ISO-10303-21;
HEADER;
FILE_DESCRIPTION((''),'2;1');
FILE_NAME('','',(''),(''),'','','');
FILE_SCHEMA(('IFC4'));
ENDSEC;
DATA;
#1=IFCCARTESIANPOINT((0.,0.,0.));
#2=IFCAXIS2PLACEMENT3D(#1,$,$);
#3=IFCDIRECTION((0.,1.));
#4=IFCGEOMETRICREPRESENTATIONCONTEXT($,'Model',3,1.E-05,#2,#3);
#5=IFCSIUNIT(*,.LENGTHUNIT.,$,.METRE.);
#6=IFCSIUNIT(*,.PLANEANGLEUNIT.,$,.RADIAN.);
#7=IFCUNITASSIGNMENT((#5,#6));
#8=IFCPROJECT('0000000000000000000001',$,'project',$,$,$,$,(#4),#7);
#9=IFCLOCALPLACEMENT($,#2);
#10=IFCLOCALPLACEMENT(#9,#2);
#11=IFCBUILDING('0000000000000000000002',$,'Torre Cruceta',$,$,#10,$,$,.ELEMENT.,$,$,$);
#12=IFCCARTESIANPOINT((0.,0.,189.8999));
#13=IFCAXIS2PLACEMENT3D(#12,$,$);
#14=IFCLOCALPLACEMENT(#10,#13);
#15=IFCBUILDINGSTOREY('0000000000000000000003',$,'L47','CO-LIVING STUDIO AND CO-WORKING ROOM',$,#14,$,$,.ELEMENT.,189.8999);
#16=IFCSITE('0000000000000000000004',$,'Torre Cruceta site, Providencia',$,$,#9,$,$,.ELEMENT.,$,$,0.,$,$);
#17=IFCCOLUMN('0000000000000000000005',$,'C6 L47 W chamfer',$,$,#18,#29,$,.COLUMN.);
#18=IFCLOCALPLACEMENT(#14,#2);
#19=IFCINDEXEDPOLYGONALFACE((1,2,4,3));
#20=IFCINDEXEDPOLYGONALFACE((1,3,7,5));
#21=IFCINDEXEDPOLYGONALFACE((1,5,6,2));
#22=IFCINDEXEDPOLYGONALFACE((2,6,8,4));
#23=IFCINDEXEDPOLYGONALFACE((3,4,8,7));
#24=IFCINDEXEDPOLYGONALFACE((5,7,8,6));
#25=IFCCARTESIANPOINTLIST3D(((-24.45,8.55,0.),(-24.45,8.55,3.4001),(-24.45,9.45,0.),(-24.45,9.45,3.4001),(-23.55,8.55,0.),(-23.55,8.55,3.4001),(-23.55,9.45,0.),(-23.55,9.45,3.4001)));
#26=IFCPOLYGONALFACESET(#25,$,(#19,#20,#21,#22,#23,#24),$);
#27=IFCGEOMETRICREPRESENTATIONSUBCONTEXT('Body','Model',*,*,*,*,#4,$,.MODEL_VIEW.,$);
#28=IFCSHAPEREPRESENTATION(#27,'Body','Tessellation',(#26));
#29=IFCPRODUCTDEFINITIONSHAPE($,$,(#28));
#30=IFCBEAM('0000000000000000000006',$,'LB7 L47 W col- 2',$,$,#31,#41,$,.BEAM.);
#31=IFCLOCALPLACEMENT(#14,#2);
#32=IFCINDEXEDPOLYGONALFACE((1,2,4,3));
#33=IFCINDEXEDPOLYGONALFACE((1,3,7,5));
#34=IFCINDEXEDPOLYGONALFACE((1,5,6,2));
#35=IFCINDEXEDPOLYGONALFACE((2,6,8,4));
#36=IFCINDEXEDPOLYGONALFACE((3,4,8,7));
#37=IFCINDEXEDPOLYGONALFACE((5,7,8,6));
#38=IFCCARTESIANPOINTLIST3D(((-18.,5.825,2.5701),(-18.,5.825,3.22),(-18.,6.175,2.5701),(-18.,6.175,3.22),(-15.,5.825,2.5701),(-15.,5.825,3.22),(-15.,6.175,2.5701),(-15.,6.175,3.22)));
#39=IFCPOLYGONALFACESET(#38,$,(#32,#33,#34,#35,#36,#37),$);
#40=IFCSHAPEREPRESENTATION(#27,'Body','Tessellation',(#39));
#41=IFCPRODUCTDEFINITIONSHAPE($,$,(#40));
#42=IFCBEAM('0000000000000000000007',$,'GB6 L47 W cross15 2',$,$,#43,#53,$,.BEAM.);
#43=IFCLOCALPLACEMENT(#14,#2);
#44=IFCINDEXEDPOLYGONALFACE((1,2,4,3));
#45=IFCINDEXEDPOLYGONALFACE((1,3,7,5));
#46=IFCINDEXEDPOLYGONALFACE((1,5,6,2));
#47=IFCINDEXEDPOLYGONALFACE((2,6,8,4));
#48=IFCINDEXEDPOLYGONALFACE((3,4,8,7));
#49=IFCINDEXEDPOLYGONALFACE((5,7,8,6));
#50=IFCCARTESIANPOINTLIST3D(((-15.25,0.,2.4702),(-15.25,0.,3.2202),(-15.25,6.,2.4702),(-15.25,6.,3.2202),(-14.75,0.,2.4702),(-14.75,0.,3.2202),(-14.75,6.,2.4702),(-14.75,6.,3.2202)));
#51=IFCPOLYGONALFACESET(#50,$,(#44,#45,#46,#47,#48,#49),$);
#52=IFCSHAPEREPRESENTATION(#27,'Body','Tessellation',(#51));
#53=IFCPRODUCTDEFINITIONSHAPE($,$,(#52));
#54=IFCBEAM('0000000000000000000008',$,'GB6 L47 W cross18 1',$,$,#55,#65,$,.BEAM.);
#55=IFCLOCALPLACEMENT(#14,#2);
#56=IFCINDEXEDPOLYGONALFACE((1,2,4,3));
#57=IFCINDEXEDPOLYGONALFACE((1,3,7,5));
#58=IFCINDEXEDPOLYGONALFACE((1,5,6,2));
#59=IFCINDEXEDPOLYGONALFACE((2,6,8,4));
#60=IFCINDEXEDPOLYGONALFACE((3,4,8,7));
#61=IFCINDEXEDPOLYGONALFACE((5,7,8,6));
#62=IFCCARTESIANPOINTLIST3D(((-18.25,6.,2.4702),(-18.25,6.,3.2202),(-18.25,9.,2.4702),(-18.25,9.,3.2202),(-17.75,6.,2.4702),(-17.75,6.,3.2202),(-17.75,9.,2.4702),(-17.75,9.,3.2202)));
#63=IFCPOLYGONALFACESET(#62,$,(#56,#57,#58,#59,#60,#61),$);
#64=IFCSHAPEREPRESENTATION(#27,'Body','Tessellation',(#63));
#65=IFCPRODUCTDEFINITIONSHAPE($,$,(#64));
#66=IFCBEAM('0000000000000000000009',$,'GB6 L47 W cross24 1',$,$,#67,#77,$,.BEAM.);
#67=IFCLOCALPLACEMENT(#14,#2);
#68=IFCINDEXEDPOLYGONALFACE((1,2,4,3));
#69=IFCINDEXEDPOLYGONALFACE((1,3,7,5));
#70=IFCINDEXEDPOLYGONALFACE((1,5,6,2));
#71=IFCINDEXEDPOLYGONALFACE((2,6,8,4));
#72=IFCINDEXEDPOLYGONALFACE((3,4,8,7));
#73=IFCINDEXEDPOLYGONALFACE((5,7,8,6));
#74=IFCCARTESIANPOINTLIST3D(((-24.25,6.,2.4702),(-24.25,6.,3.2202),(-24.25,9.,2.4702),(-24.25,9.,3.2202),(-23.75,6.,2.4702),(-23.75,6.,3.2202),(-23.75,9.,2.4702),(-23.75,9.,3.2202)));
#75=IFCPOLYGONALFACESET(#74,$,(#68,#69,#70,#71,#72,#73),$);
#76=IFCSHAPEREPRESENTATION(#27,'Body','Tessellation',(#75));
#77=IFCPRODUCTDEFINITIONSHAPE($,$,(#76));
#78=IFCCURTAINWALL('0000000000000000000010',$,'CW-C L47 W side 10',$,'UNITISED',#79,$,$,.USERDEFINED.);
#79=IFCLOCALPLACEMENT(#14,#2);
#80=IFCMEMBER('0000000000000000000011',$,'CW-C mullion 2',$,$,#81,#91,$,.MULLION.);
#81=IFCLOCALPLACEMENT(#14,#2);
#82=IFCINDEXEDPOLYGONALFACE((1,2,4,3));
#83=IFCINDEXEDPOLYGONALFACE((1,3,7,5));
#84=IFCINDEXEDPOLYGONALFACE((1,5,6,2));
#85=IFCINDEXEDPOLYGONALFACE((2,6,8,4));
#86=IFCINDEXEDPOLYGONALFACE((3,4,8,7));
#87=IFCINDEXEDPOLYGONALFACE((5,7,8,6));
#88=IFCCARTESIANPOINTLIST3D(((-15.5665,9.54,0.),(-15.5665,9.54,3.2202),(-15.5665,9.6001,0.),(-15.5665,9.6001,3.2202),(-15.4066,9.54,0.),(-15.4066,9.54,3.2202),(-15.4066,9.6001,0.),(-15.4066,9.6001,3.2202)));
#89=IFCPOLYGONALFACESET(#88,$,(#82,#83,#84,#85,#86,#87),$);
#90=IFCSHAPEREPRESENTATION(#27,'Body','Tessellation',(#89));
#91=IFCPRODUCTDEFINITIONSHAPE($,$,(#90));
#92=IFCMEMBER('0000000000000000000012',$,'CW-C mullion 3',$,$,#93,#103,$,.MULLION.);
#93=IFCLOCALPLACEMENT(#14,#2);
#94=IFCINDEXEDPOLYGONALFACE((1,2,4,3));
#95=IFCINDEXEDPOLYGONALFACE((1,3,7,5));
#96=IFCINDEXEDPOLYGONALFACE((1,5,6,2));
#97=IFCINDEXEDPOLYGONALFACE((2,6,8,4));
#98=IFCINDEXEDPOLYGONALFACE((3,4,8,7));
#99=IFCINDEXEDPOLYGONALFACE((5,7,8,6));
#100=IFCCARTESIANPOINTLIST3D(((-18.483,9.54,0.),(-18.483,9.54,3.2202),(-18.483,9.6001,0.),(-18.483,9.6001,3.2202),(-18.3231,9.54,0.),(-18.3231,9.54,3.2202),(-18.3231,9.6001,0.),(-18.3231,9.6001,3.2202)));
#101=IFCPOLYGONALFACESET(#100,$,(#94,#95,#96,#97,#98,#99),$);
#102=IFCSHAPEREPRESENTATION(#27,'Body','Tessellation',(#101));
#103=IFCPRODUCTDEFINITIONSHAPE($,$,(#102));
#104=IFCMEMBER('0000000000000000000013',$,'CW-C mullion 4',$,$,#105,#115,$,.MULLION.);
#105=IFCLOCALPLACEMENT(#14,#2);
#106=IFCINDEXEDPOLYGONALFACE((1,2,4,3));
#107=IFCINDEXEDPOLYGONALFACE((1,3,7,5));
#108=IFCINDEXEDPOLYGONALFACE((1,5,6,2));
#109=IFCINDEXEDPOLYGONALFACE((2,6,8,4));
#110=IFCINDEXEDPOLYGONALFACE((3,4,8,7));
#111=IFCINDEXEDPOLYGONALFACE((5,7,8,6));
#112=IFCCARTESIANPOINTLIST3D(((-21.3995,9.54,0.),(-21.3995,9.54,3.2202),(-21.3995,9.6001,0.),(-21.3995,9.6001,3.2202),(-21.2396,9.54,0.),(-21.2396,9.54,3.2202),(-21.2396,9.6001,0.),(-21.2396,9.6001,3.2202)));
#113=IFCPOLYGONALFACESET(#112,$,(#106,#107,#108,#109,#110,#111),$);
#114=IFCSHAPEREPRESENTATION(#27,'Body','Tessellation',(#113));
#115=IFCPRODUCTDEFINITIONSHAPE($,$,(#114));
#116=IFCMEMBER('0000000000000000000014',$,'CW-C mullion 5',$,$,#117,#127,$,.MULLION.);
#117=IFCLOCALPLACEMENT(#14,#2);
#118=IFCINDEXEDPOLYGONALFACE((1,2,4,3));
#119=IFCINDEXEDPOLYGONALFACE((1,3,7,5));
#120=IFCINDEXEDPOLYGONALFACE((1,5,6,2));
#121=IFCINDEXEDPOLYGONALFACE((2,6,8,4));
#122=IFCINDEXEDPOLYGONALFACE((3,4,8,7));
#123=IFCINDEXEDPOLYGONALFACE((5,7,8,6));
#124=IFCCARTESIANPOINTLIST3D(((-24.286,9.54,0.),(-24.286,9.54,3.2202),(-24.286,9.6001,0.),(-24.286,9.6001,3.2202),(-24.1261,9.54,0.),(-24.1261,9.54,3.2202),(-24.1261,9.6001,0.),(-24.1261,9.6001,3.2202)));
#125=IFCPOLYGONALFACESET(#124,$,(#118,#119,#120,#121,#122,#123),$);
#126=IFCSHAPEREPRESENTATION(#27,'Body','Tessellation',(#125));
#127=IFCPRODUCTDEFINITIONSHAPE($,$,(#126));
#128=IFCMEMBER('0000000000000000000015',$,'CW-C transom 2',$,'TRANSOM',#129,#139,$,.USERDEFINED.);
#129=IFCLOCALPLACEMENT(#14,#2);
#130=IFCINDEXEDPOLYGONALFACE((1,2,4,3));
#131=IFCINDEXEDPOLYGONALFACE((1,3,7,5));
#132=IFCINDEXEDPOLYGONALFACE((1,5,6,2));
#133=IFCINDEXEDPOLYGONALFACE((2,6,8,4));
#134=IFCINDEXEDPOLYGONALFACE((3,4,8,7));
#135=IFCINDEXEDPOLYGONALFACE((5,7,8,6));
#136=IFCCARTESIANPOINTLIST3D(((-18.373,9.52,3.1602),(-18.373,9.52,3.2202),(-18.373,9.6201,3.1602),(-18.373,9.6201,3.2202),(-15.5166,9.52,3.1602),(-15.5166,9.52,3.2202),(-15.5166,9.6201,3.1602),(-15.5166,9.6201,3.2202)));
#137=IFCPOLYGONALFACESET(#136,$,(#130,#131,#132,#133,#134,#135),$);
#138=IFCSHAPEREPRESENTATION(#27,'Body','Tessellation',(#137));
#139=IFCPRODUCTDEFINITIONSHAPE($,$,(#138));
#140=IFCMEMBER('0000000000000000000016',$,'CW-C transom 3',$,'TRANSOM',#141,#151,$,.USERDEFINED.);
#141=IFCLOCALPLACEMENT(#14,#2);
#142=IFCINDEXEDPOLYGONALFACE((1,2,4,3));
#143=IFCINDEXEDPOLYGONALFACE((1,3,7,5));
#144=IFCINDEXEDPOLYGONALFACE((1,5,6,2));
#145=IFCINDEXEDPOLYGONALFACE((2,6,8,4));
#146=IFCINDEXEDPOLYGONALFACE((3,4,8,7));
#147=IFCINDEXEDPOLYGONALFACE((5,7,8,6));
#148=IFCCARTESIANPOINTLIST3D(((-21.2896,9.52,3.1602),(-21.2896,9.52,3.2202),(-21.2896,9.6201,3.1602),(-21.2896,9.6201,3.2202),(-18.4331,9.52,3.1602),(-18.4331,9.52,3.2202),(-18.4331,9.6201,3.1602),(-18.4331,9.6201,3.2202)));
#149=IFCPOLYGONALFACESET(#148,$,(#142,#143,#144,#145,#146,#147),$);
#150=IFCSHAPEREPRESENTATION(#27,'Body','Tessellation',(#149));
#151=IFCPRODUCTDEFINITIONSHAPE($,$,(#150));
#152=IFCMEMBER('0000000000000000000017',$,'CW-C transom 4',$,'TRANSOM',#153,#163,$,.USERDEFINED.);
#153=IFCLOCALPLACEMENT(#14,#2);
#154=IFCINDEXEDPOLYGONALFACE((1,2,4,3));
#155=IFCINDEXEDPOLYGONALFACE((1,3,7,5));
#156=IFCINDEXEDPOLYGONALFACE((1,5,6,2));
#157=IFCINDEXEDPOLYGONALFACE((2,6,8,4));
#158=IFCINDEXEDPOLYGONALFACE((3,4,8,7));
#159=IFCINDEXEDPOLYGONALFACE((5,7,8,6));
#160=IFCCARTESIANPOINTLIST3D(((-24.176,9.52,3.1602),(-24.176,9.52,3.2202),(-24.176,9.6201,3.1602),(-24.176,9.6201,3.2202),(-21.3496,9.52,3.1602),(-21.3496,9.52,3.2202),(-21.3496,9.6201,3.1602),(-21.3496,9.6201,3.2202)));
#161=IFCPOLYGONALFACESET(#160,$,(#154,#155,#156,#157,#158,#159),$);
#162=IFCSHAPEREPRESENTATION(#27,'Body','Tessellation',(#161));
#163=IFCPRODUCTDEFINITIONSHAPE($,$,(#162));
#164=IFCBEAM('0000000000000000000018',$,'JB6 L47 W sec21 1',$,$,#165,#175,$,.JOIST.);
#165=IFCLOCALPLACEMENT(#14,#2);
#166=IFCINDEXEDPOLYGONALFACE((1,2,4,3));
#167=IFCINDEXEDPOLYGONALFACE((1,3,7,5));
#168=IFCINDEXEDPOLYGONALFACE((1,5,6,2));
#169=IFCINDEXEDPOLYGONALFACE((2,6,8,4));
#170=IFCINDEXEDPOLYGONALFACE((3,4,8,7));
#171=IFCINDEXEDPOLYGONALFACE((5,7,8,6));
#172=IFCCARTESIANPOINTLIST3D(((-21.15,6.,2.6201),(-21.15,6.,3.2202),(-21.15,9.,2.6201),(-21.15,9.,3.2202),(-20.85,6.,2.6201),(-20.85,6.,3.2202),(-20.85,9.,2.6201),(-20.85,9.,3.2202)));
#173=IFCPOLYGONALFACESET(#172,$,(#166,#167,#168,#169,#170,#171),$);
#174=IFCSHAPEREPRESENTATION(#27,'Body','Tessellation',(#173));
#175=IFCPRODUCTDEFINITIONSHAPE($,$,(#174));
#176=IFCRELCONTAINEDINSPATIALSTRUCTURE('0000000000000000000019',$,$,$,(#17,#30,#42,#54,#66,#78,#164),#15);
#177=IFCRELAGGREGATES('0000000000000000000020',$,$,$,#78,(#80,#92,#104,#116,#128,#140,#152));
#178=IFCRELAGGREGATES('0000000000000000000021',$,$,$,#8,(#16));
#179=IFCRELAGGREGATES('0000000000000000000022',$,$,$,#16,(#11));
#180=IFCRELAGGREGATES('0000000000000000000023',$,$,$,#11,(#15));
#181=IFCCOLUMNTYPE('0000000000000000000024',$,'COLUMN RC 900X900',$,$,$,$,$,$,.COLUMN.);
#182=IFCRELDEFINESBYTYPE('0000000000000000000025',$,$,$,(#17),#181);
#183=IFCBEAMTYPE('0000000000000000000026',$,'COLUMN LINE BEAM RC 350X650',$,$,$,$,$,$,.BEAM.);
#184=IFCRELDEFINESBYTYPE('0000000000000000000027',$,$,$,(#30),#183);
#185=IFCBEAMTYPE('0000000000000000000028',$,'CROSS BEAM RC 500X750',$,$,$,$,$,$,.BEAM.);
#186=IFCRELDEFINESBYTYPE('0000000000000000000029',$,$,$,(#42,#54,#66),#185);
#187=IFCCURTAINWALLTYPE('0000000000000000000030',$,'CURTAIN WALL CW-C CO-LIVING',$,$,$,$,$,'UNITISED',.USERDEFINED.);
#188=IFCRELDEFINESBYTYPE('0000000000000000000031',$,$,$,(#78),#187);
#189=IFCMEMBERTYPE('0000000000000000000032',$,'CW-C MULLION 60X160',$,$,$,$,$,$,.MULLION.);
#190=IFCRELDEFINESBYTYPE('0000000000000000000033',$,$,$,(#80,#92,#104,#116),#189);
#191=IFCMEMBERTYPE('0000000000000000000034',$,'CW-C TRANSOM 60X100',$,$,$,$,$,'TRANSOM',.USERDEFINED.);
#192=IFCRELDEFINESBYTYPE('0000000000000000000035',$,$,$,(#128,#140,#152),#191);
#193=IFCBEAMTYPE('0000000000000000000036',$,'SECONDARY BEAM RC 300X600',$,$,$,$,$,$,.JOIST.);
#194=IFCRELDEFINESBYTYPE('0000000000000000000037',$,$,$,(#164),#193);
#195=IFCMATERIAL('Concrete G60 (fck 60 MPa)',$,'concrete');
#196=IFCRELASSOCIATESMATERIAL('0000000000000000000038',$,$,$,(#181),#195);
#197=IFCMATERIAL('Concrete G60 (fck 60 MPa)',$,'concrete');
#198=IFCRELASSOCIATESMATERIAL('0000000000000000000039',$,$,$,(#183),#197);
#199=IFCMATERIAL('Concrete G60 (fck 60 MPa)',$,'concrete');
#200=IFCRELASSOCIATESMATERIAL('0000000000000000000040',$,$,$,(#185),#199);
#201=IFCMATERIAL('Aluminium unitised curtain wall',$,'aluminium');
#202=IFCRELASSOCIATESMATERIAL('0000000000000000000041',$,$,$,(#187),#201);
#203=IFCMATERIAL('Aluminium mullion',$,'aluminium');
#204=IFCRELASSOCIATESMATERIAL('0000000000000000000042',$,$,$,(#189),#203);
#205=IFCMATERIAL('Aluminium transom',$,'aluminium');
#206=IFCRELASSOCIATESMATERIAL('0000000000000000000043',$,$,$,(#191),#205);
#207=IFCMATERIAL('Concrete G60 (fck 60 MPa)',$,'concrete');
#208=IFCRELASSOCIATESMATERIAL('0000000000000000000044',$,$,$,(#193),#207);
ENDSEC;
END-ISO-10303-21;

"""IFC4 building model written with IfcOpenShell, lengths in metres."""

from ifc_helpers import new_model, si_unit, direction, frame, origin, origin_2d, place, context, subcontext, project, spatial, rectangle, extrude, material, material_profile, profile_set, type_object, element, aggregate, save


model = new_model("IFC4")

# Units and contexts
model_context = context("Model", 3, precision=1e-05, world=origin(), true_north=direction((0.0, 1.0)))
body_context = subcontext(model_context, "Body", "Model", "MODEL_VIEW")
ifc_project = project(units=[si_unit("LENGTHUNIT", "METRE"), si_unit("PLANEANGLEUNIT", "RADIAN")], contexts=[model_context])

# Site, building, storey
site_placement = place(None, origin())
site = spatial("IfcSite", under=ifc_project, at=site_placement, Name="Torre Cruceta site, Providencia", CompositionType="ELEMENT", RefElevation=0.0)
building_placement = place(site_placement, origin())
building = spatial("IfcBuilding", under=site, at=building_placement, Name="Torre Cruceta", CompositionType="ELEMENT")
storey_placement = place(building_placement, frame((0.0, 0.0, 189.8999)))
storey = spatial("IfcBuildingStorey", under=building, at=storey_placement, Name="L47", Description="CO-LIVING STUDIO AND CO-WORKING ROOM", CompositionType="ELEMENT", Elevation=189.8999)

# Column
ifc_material_1 = material(Name="Concrete G60 (fck 60 MPa)", Category="concrete")
ifc_material_profile_1 = material_profile(ifc_material_1, rectangle(XDim=0.8999, YDim=0.8999, at=origin_2d()), Name="RC 900X900")
ifc_profile_set_1 = profile_set([ifc_material_profile_1], Name="Concrete G60 (fck 60 MPa)")
column_type = type_object("IfcColumnType", Name="COLUMN RC 900X900", PredefinedType="COLUMN", material=ifc_profile_set_1)
column_placement = place(storey_placement, frame((-24.0, 9.0, 0.0), z_axis=(0.0, 0.0, 1.0), x_axis=(1.0, 0.0, 0.0)))
element("IfcColumn", 1, at=column_placement, inside=storey, type_object=column_type, Name="C6 L47 W chamfer", PredefinedType="COLUMN", context=body_context, shape_type="SweptSolid", body=[
    extrude(rectangle(XDim=0.8999, YDim=0.8999, at=origin_2d()), origin(), (0.0, 0.0, 1.0), 3.4001),
])

# Beams
ifc_material_2 = material(Name="Concrete G60 (fck 60 MPa)", Category="concrete")
ifc_material_profile_2 = material_profile(ifc_material_2, rectangle(XDim=0.3501, YDim=0.6499, at=origin_2d()), Name="RC 350X650")
ifc_profile_set_2 = profile_set([ifc_material_profile_2], Name="Concrete G60 (fck 60 MPa)")
beam_type_1 = type_object("IfcBeamType", Name="COLUMN LINE BEAM RC 350X650", PredefinedType="BEAM", material=ifc_profile_set_2)
beam_1_placement = place(storey_placement, frame((-15.0, 6.0, 2.895), z_axis=(-1.0, 0.0, 0.0), x_axis=(0.0, -1.0, 0.0)))
element("IfcBeam", 2, at=beam_1_placement, inside=storey, type_object=beam_type_1, Name="LB7 L47 W col- 2", PredefinedType="BEAM", context=body_context, shape_type="SweptSolid", body=[
    extrude(rectangle(XDim=0.3501, YDim=0.6499, at=origin_2d()), origin(), (0.0, 0.0, 1.0), 3.0),
])
ifc_material_3 = material(Name="Concrete G60 (fck 60 MPa)", Category="concrete")
ifc_material_profile_3 = material_profile(ifc_material_3, rectangle(XDim=0.5, YDim=0.75, at=origin_2d()), Name="RC 500X750")
ifc_profile_set_3 = profile_set([ifc_material_profile_3], Name="Concrete G60 (fck 60 MPa)")
beam_type_2 = type_object("IfcBeamType", Name="CROSS BEAM RC 500X750", PredefinedType="BEAM", material=ifc_profile_set_3)
beam_2_placement = place(storey_placement, frame((-15.0, 6.0, 2.8452), z_axis=(0.0, -1.0, 0.0), x_axis=(1.0, 0.0, 0.0)))
element("IfcBeam", 3, at=beam_2_placement, inside=storey, type_object=beam_type_2, Name="GB6 L47 W cross15 2", PredefinedType="BEAM", context=body_context, shape_type="SweptSolid", body=[
    extrude(rectangle(XDim=0.5, YDim=0.75, at=origin_2d()), origin(), (0.0, 0.0, 1.0), 6.0),
])
for number, where, z_axis, x_axis, name in (
    (4, (-18.0, 9.0, 2.8452), (0.0, -1.0, 0.0), (1.0, 0.0, 0.0), "GB6 L47 W cross18 1"),
    (5, (-24.0, 9.0, 2.8452), (0.0, -1.0, 0.0), (1.0, 0.0, 0.0), "GB6 L47 W cross24 1"),
):
    element("IfcBeam", number, at=place(storey_placement, frame(where, z_axis=z_axis, x_axis=x_axis)), inside=storey, type_object=beam_type_2, Name=name, PredefinedType="BEAM", context=body_context, shape_type="SweptSolid", body=[
        extrude(rectangle(XDim=0.5, YDim=0.75, at=origin_2d()), origin(), (0.0, 0.0, 1.0), 3.0),
    ])

# Curtain wall, members
ifc_material_4 = material(Name="Aluminium unitised curtain wall", Category="aluminium")
curtain_wall_type = type_object("IfcCurtainWallType", Name="CURTAIN WALL CW-C CO-LIVING", ElementType="UNITISED", PredefinedType="USERDEFINED", material=ifc_material_4)
curtain_wall_placement = place(storey_placement, origin())
curtain_wall = element("IfcCurtainWall", 6, at=curtain_wall_placement, inside=storey, type_object=curtain_wall_type, Name="CW-C L47 W side 10", ObjectType="UNITISED", PredefinedType="USERDEFINED")
ifc_material_5 = material(Name="Aluminium mullion", Category="aluminium")
ifc_material_profile_4 = material_profile(ifc_material_5, rectangle(XDim=0.0601, YDim=0.1599, at=origin_2d()), Name="AL 60X160")
ifc_profile_set_4 = profile_set([ifc_material_profile_4], Name="Aluminium mullion")
member_type_1 = type_object("IfcMemberType", Name="CW-C MULLION 60X160", PredefinedType="MULLION", material=ifc_profile_set_4)
member_1_placement = place(storey_placement, frame((-15.4866, 9.5701, 0.0), z_axis=(0.0, 0.0, 1.0), x_axis=(0.0, -1.0, 0.0)))
member_1 = element("IfcMember", 7, at=member_1_placement, type_object=member_type_1, Name="CW-C mullion 2", PredefinedType="MULLION", context=body_context, shape_type="SweptSolid", body=[
    extrude(rectangle(XDim=0.0601, YDim=0.1599, at=origin_2d()), origin(), (0.0, 0.0, 1.0), 3.2202),
])
member_2_placement = place(storey_placement, frame((-18.4031, 9.5701, 0.0), z_axis=(0.0, 0.0, 1.0), x_axis=(0.0, -1.0, 0.0)))
member_2 = element("IfcMember", 8, at=member_2_placement, type_object=member_type_1, Name="CW-C mullion 3", PredefinedType="MULLION", context=body_context, shape_type="SweptSolid", body=[
    extrude(rectangle(XDim=0.0601, YDim=0.1599, at=origin_2d()), origin(), (0.0, 0.0, 1.0), 3.2202),
])
member_3_placement = place(storey_placement, frame((-21.3196, 9.5701, 0.0), z_axis=(0.0, 0.0, 1.0), x_axis=(0.0, -1.0, 0.0)))
member_3 = element("IfcMember", 9, at=member_3_placement, type_object=member_type_1, Name="CW-C mullion 4", PredefinedType="MULLION", context=body_context, shape_type="SweptSolid", body=[
    extrude(rectangle(XDim=0.0601, YDim=0.1599, at=origin_2d()), origin(), (0.0, 0.0, 1.0), 3.2202),
])
member_4_placement = place(storey_placement, frame((-24.2061, 9.5701, 0.0), z_axis=(0.0, 0.0, 1.0), x_axis=(0.0, -1.0, 0.0)))
member_4 = element("IfcMember", 10, at=member_4_placement, type_object=member_type_1, Name="CW-C mullion 5", PredefinedType="MULLION", context=body_context, shape_type="SweptSolid", body=[
    extrude(rectangle(XDim=0.0601, YDim=0.1599, at=origin_2d()), origin(), (0.0, 0.0, 1.0), 3.2202),
])
ifc_material_6 = material(Name="Aluminium transom", Category="aluminium")
ifc_material_profile_5 = material_profile(ifc_material_6, rectangle(XDim=0.1001, YDim=0.0601, at=origin_2d()), Name="AL 100X60")
ifc_profile_set_5 = profile_set([ifc_material_profile_5], Name="Aluminium transom")
member_type_2 = type_object("IfcMemberType", Name="CW-C TRANSOM 60X100", ElementType="TRANSOM", PredefinedType="USERDEFINED", material=ifc_profile_set_5)
member_5_placement = place(storey_placement, frame((-15.5166, 9.5701, 3.1902), z_axis=(-1.0, 0.0, 0.0), x_axis=(0.0, -1.0, 0.0)))
member_5 = element("IfcMember", 11, at=member_5_placement, type_object=member_type_2, Name="CW-C transom 2", ObjectType="TRANSOM", PredefinedType="USERDEFINED", context=body_context, shape_type="SweptSolid", body=[
    extrude(rectangle(XDim=0.1001, YDim=0.0601, at=origin_2d()), origin(), (0.0, 0.0, 1.0), 2.8564),
])
member_6_placement = place(storey_placement, frame((-18.4331, 9.5701, 3.1902), z_axis=(-1.0, 0.0, 0.0), x_axis=(0.0, -1.0, 0.0)))
member_6 = element("IfcMember", 12, at=member_6_placement, type_object=member_type_2, Name="CW-C transom 3", ObjectType="TRANSOM", PredefinedType="USERDEFINED", context=body_context, shape_type="SweptSolid", body=[
    extrude(rectangle(XDim=0.1001, YDim=0.0601, at=origin_2d()), origin(), (0.0, 0.0, 1.0), 2.8564),
])
member_7_placement = place(storey_placement, frame((-21.3496, 9.5701, 3.1902), z_axis=(-1.0, 0.0, 0.0), x_axis=(0.0, -1.0, 0.0)))
member_7 = element("IfcMember", 13, at=member_7_placement, type_object=member_type_2, Name="CW-C transom 4", ObjectType="TRANSOM", PredefinedType="USERDEFINED", context=body_context, shape_type="SweptSolid", body=[
    extrude(rectangle(XDim=0.1001, YDim=0.0601, at=origin_2d()), origin(), (0.0, 0.0, 1.0), 2.8264),
])

# Beam
ifc_material_7 = material(Name="Concrete G60 (fck 60 MPa)", Category="concrete")
ifc_material_profile_6 = material_profile(ifc_material_7, rectangle(XDim=0.3, YDim=0.6001, at=origin_2d()), Name="RC 300X600")
ifc_profile_set_6 = profile_set([ifc_material_profile_6], Name="Concrete G60 (fck 60 MPa)")
beam_type_3 = type_object("IfcBeamType", Name="SECONDARY BEAM RC 300X600", PredefinedType="JOIST", material=ifc_profile_set_6)
beam_3_placement = place(storey_placement, frame((-21.0, 9.0, 2.9202), z_axis=(0.0, -1.0, 0.0), x_axis=(1.0, 0.0, 0.0)))
element("IfcBeam", 14, at=beam_3_placement, inside=storey, type_object=beam_type_3, Name="JB6 L47 W sec21 1", PredefinedType="JOIST", context=body_context, shape_type="SweptSolid", body=[
    extrude(rectangle(XDim=0.3, YDim=0.6001, at=origin_2d()), origin(), (0.0, 0.0, 1.0), 3.0),
])

aggregate(curtain_wall, [member_1, member_2, member_3, member_4, member_5, member_6, member_7])

save(model, "model.ifc")
